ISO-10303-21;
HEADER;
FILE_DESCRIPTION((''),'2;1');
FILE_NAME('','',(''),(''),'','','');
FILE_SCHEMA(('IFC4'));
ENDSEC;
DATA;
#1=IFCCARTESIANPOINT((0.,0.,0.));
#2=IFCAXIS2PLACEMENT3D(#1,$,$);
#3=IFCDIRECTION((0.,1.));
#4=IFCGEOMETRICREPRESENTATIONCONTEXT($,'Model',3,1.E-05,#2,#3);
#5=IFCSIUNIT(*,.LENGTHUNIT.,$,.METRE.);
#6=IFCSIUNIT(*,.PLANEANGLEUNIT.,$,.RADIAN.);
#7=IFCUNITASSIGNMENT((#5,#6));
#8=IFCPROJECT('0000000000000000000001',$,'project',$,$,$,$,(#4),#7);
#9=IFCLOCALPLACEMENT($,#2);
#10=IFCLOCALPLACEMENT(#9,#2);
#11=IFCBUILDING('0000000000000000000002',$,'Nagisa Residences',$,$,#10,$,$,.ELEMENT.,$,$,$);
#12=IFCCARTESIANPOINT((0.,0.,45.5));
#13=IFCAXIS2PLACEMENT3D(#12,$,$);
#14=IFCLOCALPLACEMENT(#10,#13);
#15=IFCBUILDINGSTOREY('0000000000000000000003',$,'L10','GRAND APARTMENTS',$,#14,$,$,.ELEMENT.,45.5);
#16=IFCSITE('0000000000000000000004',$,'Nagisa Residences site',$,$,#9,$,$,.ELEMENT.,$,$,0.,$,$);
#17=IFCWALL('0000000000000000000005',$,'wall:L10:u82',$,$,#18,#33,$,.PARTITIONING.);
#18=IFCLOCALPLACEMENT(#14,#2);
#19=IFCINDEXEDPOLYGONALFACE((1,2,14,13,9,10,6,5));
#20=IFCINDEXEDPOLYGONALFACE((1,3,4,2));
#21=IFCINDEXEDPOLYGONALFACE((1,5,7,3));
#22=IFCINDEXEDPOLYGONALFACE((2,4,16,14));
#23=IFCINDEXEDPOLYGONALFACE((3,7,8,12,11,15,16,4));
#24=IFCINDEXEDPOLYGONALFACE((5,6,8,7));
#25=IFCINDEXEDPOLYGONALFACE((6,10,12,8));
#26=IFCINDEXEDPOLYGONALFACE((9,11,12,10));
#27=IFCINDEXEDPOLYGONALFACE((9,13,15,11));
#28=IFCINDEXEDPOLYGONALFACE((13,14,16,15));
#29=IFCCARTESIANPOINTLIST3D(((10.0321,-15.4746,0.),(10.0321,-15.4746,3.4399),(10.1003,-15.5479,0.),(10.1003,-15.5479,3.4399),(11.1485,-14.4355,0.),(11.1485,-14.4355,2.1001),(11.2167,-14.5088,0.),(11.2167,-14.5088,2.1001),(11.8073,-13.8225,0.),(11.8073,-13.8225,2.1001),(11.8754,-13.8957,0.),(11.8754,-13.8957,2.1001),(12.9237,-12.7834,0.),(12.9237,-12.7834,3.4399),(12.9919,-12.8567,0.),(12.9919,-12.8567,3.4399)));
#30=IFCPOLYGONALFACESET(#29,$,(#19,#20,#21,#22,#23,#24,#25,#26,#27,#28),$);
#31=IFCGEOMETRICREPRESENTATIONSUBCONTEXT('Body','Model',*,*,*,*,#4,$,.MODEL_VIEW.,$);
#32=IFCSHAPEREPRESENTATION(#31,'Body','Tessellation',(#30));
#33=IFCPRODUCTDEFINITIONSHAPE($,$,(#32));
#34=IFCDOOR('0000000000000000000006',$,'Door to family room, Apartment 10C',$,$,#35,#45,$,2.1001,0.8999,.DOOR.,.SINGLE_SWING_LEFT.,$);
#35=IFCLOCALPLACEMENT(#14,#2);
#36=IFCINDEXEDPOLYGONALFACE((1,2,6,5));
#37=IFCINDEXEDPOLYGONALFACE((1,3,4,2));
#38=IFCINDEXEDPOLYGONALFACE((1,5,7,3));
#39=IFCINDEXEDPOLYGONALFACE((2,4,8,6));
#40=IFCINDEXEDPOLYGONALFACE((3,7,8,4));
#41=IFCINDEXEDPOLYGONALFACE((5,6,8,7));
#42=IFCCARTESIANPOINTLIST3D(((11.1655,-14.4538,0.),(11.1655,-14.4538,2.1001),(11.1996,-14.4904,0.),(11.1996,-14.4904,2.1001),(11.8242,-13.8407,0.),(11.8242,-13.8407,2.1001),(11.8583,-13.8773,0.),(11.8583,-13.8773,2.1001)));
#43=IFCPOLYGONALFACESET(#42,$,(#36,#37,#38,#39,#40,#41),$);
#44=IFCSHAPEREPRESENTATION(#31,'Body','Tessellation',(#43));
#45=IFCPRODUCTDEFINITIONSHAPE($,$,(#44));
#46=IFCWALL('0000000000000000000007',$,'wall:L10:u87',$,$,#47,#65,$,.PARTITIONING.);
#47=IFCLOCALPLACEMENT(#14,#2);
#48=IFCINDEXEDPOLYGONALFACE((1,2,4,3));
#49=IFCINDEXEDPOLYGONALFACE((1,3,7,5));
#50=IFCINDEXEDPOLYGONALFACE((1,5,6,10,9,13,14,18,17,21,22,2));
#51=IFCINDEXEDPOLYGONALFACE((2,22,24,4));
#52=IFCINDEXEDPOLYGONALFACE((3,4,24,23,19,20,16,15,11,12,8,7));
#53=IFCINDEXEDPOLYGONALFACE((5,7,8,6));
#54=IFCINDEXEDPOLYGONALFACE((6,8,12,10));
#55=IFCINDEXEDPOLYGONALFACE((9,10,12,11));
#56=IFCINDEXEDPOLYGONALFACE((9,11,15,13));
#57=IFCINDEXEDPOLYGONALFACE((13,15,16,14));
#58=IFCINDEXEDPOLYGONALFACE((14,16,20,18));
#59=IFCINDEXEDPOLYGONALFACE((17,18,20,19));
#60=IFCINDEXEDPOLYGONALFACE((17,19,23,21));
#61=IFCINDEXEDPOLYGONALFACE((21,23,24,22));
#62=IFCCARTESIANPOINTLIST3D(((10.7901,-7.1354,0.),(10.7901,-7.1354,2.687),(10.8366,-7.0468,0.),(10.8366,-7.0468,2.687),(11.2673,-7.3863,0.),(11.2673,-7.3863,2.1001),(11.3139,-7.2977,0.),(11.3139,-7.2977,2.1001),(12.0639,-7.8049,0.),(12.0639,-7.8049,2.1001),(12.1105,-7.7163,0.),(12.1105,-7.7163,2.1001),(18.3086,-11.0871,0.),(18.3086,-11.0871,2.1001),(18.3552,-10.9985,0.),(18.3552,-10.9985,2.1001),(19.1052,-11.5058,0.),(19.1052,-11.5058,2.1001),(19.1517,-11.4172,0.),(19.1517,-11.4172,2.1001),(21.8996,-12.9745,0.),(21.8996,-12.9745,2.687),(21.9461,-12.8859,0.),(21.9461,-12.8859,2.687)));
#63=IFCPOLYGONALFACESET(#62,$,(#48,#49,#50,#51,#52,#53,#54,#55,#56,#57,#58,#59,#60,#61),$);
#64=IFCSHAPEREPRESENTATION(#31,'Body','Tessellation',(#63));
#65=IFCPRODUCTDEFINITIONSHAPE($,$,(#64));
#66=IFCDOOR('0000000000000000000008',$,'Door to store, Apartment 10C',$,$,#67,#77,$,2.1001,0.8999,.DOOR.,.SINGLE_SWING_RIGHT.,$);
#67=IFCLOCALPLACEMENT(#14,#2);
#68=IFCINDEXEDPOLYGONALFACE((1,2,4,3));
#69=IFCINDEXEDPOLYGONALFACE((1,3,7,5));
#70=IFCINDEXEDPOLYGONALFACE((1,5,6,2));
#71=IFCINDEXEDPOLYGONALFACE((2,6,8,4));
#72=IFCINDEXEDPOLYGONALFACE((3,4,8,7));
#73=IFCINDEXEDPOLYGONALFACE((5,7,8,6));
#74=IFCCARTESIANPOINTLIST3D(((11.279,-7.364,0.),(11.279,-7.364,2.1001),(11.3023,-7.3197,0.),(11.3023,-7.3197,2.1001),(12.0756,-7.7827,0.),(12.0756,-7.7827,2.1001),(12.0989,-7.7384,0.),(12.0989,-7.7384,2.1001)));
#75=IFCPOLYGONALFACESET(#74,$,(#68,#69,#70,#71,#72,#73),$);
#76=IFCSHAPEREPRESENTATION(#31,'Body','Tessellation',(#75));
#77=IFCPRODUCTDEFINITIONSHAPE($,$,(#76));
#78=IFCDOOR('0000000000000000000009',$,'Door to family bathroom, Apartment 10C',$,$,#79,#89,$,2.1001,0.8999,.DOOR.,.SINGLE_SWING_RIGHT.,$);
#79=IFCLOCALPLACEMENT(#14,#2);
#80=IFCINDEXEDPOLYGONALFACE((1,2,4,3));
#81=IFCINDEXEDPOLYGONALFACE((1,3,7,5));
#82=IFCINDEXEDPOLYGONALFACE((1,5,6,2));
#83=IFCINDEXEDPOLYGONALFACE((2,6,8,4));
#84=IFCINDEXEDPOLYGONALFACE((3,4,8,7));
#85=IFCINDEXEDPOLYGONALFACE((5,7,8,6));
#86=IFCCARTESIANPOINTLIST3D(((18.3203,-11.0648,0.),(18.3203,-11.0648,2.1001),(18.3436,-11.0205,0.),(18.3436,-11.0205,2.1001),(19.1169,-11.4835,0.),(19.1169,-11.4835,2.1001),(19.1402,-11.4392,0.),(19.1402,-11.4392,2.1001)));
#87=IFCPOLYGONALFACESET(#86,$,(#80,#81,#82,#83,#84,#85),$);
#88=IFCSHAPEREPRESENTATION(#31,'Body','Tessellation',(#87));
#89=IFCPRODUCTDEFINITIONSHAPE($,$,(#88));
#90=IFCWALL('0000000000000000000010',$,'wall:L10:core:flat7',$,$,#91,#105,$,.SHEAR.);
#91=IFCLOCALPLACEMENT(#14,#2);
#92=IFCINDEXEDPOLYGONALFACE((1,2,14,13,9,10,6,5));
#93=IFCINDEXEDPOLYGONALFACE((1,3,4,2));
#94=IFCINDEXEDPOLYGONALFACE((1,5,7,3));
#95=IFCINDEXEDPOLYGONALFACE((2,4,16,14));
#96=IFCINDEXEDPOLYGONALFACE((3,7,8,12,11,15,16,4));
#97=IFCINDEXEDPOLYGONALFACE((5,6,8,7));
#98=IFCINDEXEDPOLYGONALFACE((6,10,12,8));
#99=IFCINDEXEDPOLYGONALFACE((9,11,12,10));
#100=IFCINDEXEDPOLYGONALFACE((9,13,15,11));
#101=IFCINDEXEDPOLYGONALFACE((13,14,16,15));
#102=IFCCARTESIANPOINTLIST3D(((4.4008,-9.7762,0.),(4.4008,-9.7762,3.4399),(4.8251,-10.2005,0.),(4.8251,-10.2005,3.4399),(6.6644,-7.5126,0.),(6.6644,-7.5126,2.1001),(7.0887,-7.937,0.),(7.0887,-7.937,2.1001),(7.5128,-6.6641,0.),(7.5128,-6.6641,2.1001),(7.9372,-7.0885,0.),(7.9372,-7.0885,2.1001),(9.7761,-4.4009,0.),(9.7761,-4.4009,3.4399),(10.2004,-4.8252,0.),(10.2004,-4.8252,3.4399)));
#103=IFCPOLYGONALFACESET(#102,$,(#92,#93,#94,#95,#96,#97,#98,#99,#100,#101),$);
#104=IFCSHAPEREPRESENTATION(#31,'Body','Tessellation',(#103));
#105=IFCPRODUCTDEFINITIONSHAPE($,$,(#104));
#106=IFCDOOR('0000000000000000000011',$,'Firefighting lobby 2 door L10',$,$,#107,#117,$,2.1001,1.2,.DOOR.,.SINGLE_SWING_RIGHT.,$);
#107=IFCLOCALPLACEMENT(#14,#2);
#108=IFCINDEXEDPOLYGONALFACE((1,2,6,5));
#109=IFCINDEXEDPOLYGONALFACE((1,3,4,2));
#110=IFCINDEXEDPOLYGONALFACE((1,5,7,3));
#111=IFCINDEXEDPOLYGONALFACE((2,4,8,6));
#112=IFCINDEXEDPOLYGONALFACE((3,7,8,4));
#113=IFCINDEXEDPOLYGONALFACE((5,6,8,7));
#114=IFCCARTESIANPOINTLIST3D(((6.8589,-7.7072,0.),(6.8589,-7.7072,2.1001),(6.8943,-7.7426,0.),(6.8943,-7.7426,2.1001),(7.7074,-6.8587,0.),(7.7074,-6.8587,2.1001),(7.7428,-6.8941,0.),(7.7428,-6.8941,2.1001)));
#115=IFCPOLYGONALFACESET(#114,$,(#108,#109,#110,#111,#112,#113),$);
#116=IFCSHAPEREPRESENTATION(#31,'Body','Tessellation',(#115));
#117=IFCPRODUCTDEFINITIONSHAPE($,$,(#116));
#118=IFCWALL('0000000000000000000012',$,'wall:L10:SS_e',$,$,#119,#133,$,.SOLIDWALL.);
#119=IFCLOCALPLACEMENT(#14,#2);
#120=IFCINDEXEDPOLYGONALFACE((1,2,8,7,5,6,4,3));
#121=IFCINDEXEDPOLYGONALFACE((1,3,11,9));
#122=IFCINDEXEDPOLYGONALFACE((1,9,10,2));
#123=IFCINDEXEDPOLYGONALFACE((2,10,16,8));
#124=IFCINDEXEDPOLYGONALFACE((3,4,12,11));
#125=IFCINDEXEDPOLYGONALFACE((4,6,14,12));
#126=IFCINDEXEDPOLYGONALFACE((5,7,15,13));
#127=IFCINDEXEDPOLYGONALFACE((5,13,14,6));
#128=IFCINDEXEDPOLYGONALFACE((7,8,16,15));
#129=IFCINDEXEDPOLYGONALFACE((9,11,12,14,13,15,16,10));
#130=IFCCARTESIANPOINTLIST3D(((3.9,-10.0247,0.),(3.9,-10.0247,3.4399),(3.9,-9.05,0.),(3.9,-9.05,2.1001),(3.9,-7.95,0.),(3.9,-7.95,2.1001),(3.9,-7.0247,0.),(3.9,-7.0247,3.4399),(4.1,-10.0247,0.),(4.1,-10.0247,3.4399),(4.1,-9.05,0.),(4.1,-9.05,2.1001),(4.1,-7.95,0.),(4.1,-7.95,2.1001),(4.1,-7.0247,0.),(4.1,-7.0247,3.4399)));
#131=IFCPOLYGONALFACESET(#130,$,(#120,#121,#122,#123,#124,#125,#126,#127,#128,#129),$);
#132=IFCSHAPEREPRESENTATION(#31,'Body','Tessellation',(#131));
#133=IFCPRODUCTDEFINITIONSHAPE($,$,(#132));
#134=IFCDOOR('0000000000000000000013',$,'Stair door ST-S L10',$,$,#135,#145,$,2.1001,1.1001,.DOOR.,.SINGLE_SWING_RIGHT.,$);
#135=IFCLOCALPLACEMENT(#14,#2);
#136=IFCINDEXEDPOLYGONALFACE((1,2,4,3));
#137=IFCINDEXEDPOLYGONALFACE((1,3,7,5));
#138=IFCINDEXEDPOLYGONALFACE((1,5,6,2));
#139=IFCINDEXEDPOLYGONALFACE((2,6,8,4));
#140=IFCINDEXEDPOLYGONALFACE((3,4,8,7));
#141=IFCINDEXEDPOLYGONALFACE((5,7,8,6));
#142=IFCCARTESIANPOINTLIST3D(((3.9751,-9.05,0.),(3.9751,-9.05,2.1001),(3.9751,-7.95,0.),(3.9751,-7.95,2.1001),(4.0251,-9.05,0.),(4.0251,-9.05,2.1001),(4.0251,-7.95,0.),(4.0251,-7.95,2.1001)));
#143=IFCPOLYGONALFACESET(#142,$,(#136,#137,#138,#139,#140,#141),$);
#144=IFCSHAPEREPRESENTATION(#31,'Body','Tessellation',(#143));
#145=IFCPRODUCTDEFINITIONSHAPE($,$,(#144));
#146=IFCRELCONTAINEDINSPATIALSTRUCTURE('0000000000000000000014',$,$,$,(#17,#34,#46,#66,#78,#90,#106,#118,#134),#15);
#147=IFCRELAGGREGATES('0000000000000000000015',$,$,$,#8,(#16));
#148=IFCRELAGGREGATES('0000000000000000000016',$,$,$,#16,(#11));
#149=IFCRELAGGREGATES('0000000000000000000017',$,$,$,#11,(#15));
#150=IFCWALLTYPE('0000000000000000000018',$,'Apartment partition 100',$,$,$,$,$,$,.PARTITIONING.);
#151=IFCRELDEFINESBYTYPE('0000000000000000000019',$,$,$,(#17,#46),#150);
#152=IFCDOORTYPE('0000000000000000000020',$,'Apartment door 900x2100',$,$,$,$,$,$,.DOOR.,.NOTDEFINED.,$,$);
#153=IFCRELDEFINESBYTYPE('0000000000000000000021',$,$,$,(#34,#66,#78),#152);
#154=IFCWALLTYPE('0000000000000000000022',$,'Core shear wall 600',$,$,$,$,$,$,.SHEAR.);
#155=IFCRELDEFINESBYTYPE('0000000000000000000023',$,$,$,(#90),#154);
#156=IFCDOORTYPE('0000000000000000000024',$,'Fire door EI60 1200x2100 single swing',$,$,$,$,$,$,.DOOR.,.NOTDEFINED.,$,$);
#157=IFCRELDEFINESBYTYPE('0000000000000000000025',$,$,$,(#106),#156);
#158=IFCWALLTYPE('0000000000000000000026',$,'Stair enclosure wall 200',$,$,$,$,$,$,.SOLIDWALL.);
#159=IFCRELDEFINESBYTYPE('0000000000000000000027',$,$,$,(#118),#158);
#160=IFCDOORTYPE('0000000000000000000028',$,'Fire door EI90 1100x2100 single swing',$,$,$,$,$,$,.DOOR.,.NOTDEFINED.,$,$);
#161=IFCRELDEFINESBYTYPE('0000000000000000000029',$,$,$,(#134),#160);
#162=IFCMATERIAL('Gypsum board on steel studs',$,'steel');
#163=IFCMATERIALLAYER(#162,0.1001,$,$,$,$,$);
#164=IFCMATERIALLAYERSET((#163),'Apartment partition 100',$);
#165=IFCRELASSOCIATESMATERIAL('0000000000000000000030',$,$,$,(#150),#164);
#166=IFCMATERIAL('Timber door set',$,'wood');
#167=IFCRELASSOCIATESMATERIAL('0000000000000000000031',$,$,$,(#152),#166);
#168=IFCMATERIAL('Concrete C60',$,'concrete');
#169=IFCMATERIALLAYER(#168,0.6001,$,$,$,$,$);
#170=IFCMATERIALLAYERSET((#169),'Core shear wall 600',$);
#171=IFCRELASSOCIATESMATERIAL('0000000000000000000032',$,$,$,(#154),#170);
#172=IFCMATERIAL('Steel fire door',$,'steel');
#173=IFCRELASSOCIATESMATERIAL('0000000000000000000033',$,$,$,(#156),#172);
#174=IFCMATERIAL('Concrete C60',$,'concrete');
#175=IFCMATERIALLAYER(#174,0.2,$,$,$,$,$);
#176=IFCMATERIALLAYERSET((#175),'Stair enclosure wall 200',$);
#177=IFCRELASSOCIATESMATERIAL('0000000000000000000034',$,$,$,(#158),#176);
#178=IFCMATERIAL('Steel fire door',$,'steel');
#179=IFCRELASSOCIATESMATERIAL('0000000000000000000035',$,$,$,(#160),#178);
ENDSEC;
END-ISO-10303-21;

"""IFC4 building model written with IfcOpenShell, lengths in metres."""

from ifc_helpers import new_model, si_unit, direction, frame, frame_2d, origin, place, context, subcontext, project, spatial, rectangle, extrude, material, layer, layer_set, type_object, element, fill, save


model = new_model("IFC4")

# Units and contexts
model_context = context("Model", 3, precision=1e-05, world=origin(), true_north=direction((0.0, 1.0)))
body_context = subcontext(model_context, "Body", "Model", "MODEL_VIEW")
ifc_project = project(units=[si_unit("LENGTHUNIT", "METRE"), si_unit("PLANEANGLEUNIT", "RADIAN")], contexts=[model_context])

# Site, building, storey
site_placement = place(None, origin())
site = spatial("IfcSite", under=ifc_project, at=site_placement, Name="Nagisa Residences site", CompositionType="ELEMENT", RefElevation=0.0)
building_placement = place(site_placement, origin())
building = spatial("IfcBuilding", under=site, at=building_placement, Name="Nagisa Residences", CompositionType="ELEMENT")
storey_placement = place(building_placement, frame((0.0, 0.0, 45.5)))
storey = spatial("IfcBuildingStorey", under=building, at=storey_placement, Name="L10", Description="GRAND APARTMENTS", CompositionType="ELEMENT", Elevation=45.5)

# Shared definitions
ifc_material_1 = material(Name="Gypsum board on steel studs", Category="steel")
ifc_layer_1 = layer(ifc_material_1, 0.1001)
ifc_layer_set_1 = layer_set([ifc_layer_1], Name="Apartment partition 100")
wall_type_1 = type_object("IfcWallType", Name="Apartment partition 100", PredefinedType="PARTITIONING", material=ifc_layer_set_1)
ifc_material_2 = material(Name="Timber door set", Category="wood")
door_type_1 = type_object("IfcDoorType", Name="Apartment door 900x2100", OperationType="NOTDEFINED", PredefinedType="DOOR", material=ifc_material_2)

# Wall, opening, door
wall_1_placement = place(storey_placement, frame((10.0662, -15.5112, 0.0), z_axis=(0.0, 0.0, 1.0), x_axis=(0.732023, 0.68128, 0.0)))
wall_1 = element("IfcWall", 1, at=wall_1_placement, inside=storey, type_object=wall_type_1, Name="wall:L10:u82", PredefinedType="PARTITIONING", context=body_context, shape_type="SweptSolid", body=[
    extrude(rectangle(XDim=3.9502, YDim=0.1001, at=frame_2d((1.9751, 0.0))), origin(), (0.0, 0.0, 1.0), 3.4399),
])
opening_1_placement = place(wall_1_placement, frame((1.5251, 0.0, 0.0)))
opening_1 = element("IfcOpeningElement", 2, at=opening_1_placement, cuts=wall_1, PredefinedType="OPENING", context=body_context, shape_type="SweptSolid", body=[
    extrude(rectangle(XDim=0.8999, YDim=2.1001, at=frame_2d((0.45, 1.05))), frame((0.0, 0.0601, 0.0), z_axis=(0.0, -1.0, 0.0), x_axis=(1.0, 0.0, 0.0)), (0.0, 0.0, 1.0), 0.1201),
])
door_1_placement = place(opening_1_placement, frame((0.8999, 0.0, 0.0), x_axis=(-1.0, 0.0, 0.0)))
door_1 = element("IfcDoor", 3, at=door_1_placement, inside=storey, type_object=door_type_1, Name="Door to family room, Apartment 10C", OperationType="SINGLE_SWING_LEFT", OverallHeight=2.1001, OverallWidth=0.8999, PredefinedType="DOOR", context=body_context, shape_type="SweptSolid", body=[
    extrude(rectangle(XDim=0.8999, YDim=2.1001, at=frame_2d((0.45, 1.05))), frame((0.0, 0.0249, 0.0), z_axis=(0.0, -1.0, 0.0), x_axis=(1.0, 0.0, 0.0)), (0.0, 0.0, 1.0), 0.05),
])
fill(opening_1, door_1)

# Wall, openings, doors
wall_2_placement = place(storey_placement, frame((10.8132, -7.0911, 0.0), z_axis=(0.0, 0.0, 1.0), x_axis=(0.885183, -0.465244, 0.0)))
wall_2 = element("IfcWall", 4, at=wall_2_placement, inside=storey, type_object=wall_type_1, Name="wall:L10:u87", PredefinedType="PARTITIONING", context=body_context, shape_type="SweptSolid", body=[
    extrude(rectangle(XDim=12.5505, YDim=0.1001, at=frame_2d((6.2754, 0.0))), origin(), (0.0, 0.0, 1.0), 2.687),
])
opening_2_placement = place(wall_2_placement, frame((0.5393, 0.0, 0.0)))
opening_2 = element("IfcOpeningElement", 5, at=opening_2_placement, cuts=wall_2, PredefinedType="OPENING", context=body_context, shape_type="SweptSolid", body=[
    extrude(rectangle(XDim=0.8999, YDim=2.1001, at=frame_2d((0.45, 1.05))), frame((0.0, 0.0601, 0.0), z_axis=(0.0, -1.0, 0.0), x_axis=(1.0, 0.0, 0.0)), (0.0, 0.0, 1.0), 0.1201),
])
opening_3_placement = place(wall_2_placement, frame((8.4939, 0.0, 0.0)))
opening_3 = element("IfcOpeningElement", 6, at=opening_3_placement, cuts=wall_2, PredefinedType="OPENING", context=body_context, shape_type="SweptSolid", body=[
    extrude(rectangle(XDim=0.8999, YDim=2.1001, at=frame_2d((0.45, 1.05))), frame((0.0, 0.0601, 0.0), z_axis=(0.0, -1.0, 0.0), x_axis=(1.0, 0.0, 0.0)), (0.0, 0.0, 1.0), 0.1201),
])
door_2_placement = place(opening_2_placement, frame((0.8999, 0.0, 0.0), x_axis=(-1.0, 0.0, 0.0)))
door_2 = element("IfcDoor", 7, at=door_2_placement, inside=storey, type_object=door_type_1, Name="Door to store, Apartment 10C", OperationType="SINGLE_SWING_RIGHT", OverallHeight=2.1001, OverallWidth=0.8999, PredefinedType="DOOR", context=body_context, shape_type="SweptSolid", body=[
    extrude(rectangle(XDim=0.8999, YDim=2.1001, at=frame_2d((0.45, 1.05))), frame((0.0, 0.0249, 0.0), z_axis=(0.0, -1.0, 0.0), x_axis=(1.0, 0.0, 0.0)), (0.0, 0.0, 1.0), 0.05),
])
fill(opening_2, door_2)
door_3_placement = place(opening_3_placement, frame((0.8999, 0.0, 0.0), x_axis=(-1.0, 0.0, 0.0)))
door_3 = element("IfcDoor", 8, at=door_3_placement, inside=storey, type_object=door_type_1, Name="Door to family bathroom, Apartment 10C", OperationType="SINGLE_SWING_RIGHT", OverallHeight=2.1001, OverallWidth=0.8999, PredefinedType="DOOR", context=body_context, shape_type="SweptSolid", body=[
    extrude(rectangle(XDim=0.8999, YDim=2.1001, at=frame_2d((0.45, 1.05))), frame((0.0, 0.0249, 0.0), z_axis=(0.0, -1.0, 0.0), x_axis=(1.0, 0.0, 0.0)), (0.0, 0.0, 1.0), 0.05),
])
fill(opening_3, door_3)

# Walls, openings, doors
ifc_material_3 = material(Name="Concrete C60", Category="concrete")
ifc_layer_2 = layer(ifc_material_3, 0.6001)
ifc_layer_set_2 = layer_set([ifc_layer_2], Name="Core shear wall 600")
wall_type_2 = type_object("IfcWallType", Name="Core shear wall 600", PredefinedType="SHEAR", material=ifc_layer_set_2)
wall_3_placement = place(storey_placement, frame((4.613, -9.9883, 0.0), z_axis=(0.0, 0.0, 1.0), x_axis=(0.707107, 0.707107, 0.0)))
wall_3 = element("IfcWall", 9, at=wall_3_placement, inside=storey, type_object=wall_type_2, Name="wall:L10:core:flat7", PredefinedType="SHEAR", context=body_context, shape_type="SweptSolid", body=[
    extrude(rectangle(XDim=7.6018, YDim=0.6001, at=frame_2d((3.8008, 0.0))), origin(), (0.0, 0.0, 1.0), 3.4399),
])
opening_4_placement = place(wall_3_placement, frame((3.2009, 0.0, 0.0)))
opening_4 = element("IfcOpeningElement", 10, at=opening_4_placement, cuts=wall_3, PredefinedType="OPENING", context=body_context, shape_type="SweptSolid", body=[
    extrude(rectangle(XDim=1.2, YDim=2.1001, at=frame_2d((0.6001, 1.05))), frame((0.0, 0.3101, 0.0), z_axis=(0.0, -1.0, 0.0), x_axis=(1.0, 0.0, 0.0)), (0.0, 0.0, 1.0), 0.6201),
])
ifc_material_4 = material(Name="Steel fire door", Category="steel")
door_type_2 = type_object("IfcDoorType", Name="Fire door EI60 1200x2100 single swing", OperationType="NOTDEFINED", PredefinedType="DOOR", material=ifc_material_4)
door_4_placement = place(opening_4_placement, origin())
door_4 = element("IfcDoor", 11, at=door_4_placement, inside=storey, type_object=door_type_2, Name="Firefighting lobby 2 door L10", OperationType="SINGLE_SWING_RIGHT", OverallHeight=2.1001, OverallWidth=1.2, PredefinedType="DOOR", context=body_context, shape_type="SweptSolid", body=[
    extrude(rectangle(XDim=1.2, YDim=2.1001, at=frame_2d((0.6001, 1.05))), frame((0.0, 0.0249, 0.0), z_axis=(0.0, -1.0, 0.0), x_axis=(1.0, 0.0, 0.0)), (0.0, 0.0, 1.0), 0.05),
])
fill(opening_4, door_4)
ifc_material_5 = material(Name="Concrete C60", Category="concrete")
ifc_layer_3 = layer(ifc_material_5, 0.2)
ifc_layer_set_3 = layer_set([ifc_layer_3], Name="Stair enclosure wall 200")
wall_type_3 = type_object("IfcWallType", Name="Stair enclosure wall 200", PredefinedType="SOLIDWALL", material=ifc_layer_set_3)
wall_4_placement = place(storey_placement, frame((4.0, -10.0247, 0.0), z_axis=(0.0, 0.0, 1.0), x_axis=(0.0, 1.0, 0.0)))
wall_4 = element("IfcWall", 12, at=wall_4_placement, inside=storey, type_object=wall_type_3, Name="wall:L10:SS_e", PredefinedType="SOLIDWALL", context=body_context, shape_type="SweptSolid", body=[
    extrude(rectangle(XDim=3.0, YDim=0.2, at=frame_2d((1.5, 0.0))), origin(), (0.0, 0.0, 1.0), 3.4399),
])
opening_5_placement = place(wall_4_placement, frame((0.9746, 0.0, 0.0)))
opening_5 = element("IfcOpeningElement", 13, at=opening_5_placement, cuts=wall_4, PredefinedType="OPENING", context=body_context, shape_type="SweptSolid", body=[
    extrude(rectangle(XDim=1.1001, YDim=2.1001, at=frame_2d((0.55, 1.05))), frame((0.0, 0.1099, 0.0), z_axis=(0.0, -1.0, 0.0), x_axis=(1.0, 0.0, 0.0)), (0.0, 0.0, 1.0), 0.22),
])
ifc_material_6 = material(Name="Steel fire door", Category="steel")
door_type_3 = type_object("IfcDoorType", Name="Fire door EI90 1100x2100 single swing", OperationType="NOTDEFINED", PredefinedType="DOOR", material=ifc_material_6)
door_5_placement = place(opening_5_placement, origin())
door_5 = element("IfcDoor", 14, at=door_5_placement, inside=storey, type_object=door_type_3, Name="Stair door ST-S L10", OperationType="SINGLE_SWING_RIGHT", OverallHeight=2.1001, OverallWidth=1.1001, PredefinedType="DOOR", context=body_context, shape_type="SweptSolid", body=[
    extrude(rectangle(XDim=1.1001, YDim=2.1001, at=frame_2d((0.55, 1.05))), frame((0.0, 0.0249, 0.0), z_axis=(0.0, -1.0, 0.0), x_axis=(1.0, 0.0, 0.0)), (0.0, 0.0, 1.0), 0.05),
])
fill(opening_5, door_5)

save(model, "model.ifc")
